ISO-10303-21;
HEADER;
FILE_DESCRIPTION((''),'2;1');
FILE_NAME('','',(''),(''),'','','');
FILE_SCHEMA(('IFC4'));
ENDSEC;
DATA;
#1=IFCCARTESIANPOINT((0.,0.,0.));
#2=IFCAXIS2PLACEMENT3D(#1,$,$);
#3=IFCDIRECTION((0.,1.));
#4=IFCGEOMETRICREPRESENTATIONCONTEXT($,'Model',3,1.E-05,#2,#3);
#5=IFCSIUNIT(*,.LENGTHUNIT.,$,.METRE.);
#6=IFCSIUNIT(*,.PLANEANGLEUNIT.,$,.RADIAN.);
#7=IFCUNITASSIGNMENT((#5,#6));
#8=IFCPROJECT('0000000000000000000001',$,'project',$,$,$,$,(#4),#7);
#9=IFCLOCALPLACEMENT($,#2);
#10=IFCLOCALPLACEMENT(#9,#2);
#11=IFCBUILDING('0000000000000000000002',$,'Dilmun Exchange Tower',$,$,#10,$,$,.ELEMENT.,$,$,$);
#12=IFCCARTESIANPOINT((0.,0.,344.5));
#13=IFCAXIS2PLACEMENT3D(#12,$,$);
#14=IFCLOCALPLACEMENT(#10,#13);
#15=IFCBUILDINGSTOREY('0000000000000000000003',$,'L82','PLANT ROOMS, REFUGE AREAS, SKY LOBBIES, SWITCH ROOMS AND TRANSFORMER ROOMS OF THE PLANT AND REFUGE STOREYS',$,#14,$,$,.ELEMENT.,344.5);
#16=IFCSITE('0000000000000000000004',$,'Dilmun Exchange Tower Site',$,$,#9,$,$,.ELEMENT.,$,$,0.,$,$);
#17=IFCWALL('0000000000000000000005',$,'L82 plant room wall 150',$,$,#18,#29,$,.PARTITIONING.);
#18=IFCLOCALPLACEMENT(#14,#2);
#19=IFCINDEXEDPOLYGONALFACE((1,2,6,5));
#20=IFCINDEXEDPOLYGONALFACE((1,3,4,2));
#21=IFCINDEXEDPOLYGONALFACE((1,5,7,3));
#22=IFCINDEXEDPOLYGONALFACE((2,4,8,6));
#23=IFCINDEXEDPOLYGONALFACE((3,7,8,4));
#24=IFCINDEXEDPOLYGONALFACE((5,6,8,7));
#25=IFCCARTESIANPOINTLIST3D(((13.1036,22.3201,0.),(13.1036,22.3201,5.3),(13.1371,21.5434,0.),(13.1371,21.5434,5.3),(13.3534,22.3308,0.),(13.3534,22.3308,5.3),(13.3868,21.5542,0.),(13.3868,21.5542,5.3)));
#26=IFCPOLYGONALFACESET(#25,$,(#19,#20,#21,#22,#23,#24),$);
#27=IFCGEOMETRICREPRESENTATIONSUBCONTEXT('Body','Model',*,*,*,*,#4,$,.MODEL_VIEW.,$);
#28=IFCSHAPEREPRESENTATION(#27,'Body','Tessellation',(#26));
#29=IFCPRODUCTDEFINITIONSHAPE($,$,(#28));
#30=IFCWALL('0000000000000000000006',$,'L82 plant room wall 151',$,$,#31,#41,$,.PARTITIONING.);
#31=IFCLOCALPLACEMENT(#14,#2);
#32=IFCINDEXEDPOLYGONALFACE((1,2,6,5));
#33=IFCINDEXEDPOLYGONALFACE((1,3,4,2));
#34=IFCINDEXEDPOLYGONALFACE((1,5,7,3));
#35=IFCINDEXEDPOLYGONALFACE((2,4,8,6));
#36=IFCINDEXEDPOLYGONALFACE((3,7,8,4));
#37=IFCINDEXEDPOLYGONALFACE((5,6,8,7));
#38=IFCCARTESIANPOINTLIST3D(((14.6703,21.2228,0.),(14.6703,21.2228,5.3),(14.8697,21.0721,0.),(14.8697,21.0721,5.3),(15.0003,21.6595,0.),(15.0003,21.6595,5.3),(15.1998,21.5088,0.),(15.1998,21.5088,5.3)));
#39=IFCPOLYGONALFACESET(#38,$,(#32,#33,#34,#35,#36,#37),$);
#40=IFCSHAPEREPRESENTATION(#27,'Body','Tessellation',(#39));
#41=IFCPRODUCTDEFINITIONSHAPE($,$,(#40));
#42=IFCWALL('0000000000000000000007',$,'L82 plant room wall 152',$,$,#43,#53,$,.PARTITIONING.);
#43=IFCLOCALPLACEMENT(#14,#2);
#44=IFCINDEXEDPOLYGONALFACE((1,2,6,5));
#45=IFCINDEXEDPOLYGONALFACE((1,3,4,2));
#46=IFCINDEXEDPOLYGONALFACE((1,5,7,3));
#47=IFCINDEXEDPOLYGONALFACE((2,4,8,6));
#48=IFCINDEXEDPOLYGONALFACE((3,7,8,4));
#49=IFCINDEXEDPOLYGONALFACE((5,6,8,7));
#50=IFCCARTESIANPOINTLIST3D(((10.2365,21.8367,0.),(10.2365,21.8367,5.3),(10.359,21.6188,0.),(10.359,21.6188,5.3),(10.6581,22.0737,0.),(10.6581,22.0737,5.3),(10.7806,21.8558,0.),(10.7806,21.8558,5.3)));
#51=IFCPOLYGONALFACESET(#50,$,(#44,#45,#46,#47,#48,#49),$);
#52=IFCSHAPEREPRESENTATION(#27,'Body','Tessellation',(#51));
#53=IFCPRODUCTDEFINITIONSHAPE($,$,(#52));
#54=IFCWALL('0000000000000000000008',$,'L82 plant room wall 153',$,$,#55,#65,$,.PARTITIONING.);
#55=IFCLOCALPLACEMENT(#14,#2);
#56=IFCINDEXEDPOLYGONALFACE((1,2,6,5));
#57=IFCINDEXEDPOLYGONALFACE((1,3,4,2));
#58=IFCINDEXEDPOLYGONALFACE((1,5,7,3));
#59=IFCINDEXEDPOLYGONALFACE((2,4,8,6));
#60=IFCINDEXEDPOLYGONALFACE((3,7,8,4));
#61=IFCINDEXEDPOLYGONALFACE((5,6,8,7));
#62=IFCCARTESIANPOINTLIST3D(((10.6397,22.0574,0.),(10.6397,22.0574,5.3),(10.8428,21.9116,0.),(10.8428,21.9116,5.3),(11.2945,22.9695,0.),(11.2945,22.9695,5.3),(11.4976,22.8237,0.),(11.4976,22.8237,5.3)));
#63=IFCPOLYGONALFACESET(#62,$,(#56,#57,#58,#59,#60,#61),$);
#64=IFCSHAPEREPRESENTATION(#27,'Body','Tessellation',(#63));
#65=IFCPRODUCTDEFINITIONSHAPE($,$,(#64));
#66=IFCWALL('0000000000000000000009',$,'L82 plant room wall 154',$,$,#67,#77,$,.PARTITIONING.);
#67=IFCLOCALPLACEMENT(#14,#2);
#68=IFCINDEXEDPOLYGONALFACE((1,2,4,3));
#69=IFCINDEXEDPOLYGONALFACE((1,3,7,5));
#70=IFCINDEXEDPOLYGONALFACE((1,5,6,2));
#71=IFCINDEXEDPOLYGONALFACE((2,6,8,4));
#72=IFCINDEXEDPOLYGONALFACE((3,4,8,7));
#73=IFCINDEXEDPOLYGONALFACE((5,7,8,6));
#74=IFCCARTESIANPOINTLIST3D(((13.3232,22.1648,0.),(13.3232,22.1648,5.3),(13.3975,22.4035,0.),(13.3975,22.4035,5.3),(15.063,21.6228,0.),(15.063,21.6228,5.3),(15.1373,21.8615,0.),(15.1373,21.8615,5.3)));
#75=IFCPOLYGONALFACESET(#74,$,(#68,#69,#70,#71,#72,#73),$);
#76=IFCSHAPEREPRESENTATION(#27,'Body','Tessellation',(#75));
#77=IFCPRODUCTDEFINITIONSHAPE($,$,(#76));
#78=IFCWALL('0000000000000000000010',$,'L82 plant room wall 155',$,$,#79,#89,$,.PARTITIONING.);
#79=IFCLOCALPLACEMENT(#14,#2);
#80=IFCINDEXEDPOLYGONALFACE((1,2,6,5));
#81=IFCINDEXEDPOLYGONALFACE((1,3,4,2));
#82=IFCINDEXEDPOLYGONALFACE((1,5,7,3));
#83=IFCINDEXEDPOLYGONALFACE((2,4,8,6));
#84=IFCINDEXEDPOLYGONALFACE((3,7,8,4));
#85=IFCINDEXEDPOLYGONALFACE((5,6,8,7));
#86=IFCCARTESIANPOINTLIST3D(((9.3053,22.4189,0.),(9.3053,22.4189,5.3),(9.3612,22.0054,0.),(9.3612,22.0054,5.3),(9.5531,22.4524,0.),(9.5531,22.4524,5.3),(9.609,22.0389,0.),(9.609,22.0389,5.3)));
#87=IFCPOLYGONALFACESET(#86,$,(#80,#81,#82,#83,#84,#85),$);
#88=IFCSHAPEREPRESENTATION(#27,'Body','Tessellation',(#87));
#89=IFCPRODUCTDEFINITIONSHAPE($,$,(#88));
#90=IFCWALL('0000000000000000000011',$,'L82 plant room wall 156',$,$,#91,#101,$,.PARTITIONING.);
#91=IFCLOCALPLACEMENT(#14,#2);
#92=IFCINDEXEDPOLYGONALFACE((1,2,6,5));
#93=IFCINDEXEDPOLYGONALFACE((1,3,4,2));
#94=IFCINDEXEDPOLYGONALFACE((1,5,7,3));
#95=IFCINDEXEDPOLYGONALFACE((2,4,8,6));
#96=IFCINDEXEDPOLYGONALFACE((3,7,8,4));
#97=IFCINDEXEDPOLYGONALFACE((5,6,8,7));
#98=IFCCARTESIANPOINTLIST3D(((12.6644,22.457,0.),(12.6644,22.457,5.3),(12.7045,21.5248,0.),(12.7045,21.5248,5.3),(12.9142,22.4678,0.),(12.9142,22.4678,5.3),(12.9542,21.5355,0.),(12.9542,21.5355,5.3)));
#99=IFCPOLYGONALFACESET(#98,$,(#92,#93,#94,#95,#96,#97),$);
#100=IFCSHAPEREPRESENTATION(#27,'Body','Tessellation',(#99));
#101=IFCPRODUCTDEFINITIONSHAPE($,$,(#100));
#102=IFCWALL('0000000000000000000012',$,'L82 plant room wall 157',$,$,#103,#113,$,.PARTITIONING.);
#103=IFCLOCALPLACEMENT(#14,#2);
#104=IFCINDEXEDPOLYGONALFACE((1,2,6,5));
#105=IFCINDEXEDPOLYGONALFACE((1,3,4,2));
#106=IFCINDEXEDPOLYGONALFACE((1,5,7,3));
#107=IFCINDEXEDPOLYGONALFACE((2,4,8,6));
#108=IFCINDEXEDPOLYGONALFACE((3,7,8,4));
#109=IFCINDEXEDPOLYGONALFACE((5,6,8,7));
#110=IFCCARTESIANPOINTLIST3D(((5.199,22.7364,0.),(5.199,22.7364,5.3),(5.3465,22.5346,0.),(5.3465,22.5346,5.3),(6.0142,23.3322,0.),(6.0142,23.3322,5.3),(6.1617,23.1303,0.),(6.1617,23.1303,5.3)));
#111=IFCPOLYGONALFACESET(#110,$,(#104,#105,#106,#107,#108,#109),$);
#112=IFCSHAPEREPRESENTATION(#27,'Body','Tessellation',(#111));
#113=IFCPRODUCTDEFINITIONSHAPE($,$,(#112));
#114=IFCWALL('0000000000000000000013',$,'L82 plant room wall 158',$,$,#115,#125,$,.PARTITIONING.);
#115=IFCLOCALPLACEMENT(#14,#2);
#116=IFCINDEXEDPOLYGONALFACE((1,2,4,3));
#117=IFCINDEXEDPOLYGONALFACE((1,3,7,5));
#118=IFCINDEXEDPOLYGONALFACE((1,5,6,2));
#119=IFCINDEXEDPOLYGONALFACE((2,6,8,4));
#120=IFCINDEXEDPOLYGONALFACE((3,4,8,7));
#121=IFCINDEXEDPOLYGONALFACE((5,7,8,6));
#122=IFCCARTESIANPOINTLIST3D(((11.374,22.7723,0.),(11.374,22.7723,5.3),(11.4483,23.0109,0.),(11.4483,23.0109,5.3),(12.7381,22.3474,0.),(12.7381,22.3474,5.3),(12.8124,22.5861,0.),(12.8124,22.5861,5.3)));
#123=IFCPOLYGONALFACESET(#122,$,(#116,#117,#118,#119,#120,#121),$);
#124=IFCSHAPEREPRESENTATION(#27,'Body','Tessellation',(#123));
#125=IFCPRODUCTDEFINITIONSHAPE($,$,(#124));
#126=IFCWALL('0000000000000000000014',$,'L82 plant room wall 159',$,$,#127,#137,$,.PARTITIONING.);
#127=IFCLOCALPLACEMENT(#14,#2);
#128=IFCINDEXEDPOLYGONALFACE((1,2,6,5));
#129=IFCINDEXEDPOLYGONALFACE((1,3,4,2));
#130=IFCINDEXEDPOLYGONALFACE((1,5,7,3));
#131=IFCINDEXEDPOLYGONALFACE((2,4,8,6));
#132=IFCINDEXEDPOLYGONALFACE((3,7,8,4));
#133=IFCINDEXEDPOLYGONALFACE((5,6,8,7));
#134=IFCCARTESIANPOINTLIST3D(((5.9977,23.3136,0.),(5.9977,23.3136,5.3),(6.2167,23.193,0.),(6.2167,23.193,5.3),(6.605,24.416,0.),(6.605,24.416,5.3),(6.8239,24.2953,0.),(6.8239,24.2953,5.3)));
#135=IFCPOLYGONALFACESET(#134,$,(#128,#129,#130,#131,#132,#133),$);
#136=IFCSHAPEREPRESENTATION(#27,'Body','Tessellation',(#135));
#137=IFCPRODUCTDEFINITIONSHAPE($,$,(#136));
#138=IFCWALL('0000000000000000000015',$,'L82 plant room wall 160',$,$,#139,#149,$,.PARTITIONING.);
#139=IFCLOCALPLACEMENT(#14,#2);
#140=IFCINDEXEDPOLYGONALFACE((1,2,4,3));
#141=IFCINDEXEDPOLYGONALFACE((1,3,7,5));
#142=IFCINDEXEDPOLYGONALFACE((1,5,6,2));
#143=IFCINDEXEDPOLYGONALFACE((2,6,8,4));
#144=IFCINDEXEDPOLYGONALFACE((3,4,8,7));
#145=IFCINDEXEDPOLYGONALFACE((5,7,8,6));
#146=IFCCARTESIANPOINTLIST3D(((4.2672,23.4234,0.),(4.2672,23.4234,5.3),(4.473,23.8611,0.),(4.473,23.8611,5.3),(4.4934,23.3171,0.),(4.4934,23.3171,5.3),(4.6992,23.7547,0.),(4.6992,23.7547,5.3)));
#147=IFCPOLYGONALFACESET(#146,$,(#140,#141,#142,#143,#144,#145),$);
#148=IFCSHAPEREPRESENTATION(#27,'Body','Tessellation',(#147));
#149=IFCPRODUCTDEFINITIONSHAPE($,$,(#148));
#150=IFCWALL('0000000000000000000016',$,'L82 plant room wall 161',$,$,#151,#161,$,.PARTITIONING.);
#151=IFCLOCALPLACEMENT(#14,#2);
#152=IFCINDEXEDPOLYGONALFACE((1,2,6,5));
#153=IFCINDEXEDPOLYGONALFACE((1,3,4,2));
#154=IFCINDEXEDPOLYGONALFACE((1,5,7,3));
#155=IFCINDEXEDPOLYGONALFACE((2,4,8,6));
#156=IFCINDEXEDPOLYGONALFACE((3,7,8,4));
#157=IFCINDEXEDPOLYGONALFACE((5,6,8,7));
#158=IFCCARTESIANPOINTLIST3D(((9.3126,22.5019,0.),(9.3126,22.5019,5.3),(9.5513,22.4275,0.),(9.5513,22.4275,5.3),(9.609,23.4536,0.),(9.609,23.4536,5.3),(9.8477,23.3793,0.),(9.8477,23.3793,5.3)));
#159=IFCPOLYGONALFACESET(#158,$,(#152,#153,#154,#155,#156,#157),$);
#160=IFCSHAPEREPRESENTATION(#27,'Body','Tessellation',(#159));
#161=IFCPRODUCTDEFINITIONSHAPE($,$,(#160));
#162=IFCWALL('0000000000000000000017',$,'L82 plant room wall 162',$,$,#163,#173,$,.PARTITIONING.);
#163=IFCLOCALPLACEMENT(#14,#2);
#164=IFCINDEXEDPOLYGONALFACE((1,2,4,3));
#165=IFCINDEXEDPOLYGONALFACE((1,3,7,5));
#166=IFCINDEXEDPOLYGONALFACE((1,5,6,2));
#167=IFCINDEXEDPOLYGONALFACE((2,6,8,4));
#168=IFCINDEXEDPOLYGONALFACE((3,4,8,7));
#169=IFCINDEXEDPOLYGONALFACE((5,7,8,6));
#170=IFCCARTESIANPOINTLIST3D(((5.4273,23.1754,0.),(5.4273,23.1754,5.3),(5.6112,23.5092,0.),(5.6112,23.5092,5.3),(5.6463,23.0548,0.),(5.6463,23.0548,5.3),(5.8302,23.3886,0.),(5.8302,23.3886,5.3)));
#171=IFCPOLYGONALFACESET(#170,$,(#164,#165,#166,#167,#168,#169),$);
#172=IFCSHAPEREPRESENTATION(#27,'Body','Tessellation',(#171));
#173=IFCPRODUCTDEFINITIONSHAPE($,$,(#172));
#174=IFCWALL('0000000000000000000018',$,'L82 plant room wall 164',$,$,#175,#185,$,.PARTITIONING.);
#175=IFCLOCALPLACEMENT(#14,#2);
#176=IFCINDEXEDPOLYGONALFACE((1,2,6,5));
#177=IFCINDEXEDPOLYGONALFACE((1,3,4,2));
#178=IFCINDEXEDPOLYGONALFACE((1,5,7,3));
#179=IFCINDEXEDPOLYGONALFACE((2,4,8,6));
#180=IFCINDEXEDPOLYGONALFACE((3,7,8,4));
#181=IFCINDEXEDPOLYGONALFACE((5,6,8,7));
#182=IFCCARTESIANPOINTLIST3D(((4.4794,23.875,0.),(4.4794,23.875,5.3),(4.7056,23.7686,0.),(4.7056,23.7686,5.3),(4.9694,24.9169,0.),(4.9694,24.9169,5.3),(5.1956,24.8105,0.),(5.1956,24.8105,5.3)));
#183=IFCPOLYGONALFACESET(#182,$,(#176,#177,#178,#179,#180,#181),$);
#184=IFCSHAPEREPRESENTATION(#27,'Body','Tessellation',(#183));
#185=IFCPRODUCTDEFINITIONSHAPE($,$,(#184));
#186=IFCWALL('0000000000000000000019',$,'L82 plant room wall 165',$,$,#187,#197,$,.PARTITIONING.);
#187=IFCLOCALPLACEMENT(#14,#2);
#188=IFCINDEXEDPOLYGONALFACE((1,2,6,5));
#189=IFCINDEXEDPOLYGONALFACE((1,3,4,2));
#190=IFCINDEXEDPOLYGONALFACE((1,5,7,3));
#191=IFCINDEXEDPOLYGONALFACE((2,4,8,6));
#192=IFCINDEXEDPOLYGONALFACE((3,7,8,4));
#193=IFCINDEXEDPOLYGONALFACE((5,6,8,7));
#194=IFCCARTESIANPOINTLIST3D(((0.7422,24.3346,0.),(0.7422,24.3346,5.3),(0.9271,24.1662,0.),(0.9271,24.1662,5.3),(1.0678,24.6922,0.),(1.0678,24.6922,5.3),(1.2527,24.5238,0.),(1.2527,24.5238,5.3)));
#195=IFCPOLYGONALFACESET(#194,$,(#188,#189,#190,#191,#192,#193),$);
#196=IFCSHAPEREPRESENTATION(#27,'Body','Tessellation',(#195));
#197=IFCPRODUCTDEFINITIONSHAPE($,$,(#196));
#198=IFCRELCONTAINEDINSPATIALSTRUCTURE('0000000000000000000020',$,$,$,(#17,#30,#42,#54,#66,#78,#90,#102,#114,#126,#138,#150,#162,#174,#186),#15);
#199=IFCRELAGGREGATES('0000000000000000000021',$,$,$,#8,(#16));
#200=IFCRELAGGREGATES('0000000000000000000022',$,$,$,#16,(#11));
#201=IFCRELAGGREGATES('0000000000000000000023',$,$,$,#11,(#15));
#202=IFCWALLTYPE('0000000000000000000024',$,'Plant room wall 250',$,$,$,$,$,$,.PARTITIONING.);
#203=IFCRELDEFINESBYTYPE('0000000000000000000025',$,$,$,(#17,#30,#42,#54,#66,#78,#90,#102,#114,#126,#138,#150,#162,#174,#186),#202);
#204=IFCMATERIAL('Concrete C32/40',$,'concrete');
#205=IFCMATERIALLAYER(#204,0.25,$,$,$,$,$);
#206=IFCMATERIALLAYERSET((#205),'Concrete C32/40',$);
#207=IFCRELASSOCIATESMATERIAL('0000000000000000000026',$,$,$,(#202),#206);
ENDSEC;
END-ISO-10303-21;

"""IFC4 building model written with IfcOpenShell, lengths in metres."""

from ifc_helpers import new_model, si_unit, direction, frame, frame_2d, origin, place, context, subcontext, project, spatial, rectangle, extrude, material, layer, layer_set, type_object, element, save


model = new_model("IFC4")

# Units and contexts
model_context = context("Model", 3, precision=1e-05, world=origin(), true_north=direction((0.0, 1.0)))
body_context = subcontext(model_context, "Body", "Model", "MODEL_VIEW")
ifc_project = project(units=[si_unit("LENGTHUNIT", "METRE"), si_unit("PLANEANGLEUNIT", "RADIAN")], contexts=[model_context])

# Site, building, storey
site_placement = place(None, origin())
site = spatial("IfcSite", under=ifc_project, at=site_placement, Name="Dilmun Exchange Tower Site", CompositionType="ELEMENT", RefElevation=0.0)
building_placement = place(site_placement, origin())
building = spatial("IfcBuilding", under=site, at=building_placement, Name="Dilmun Exchange Tower", CompositionType="ELEMENT")
storey_placement = place(building_placement, frame((0.0, 0.0, 344.5)))
storey = spatial("IfcBuildingStorey", under=building, at=storey_placement, Name="L82", Description="PLANT ROOMS, REFUGE AREAS, SKY LOBBIES, SWITCH ROOMS AND TRANSFORMER ROOMS OF THE PLANT AND REFUGE STOREYS", CompositionType="ELEMENT", Elevation=344.5)

# Walls
ifc_material_1 = material(Name="Concrete C32/40", Category="concrete")
ifc_layer_1 = layer(ifc_material_1, 0.25)
ifc_layer_set_1 = layer_set([ifc_layer_1], Name="Concrete C32/40")
wall_type = type_object("IfcWallType", Name="Plant room wall 250", PredefinedType="PARTITIONING", material=ifc_layer_set_1)
wall_1_placement = place(storey_placement, frame((13.2285, 22.3254, 0.0), z_axis=(0.0, 0.0, 1.0), x_axis=(0.043028, -0.999074, 0.0)))
element("IfcWall", 1, at=wall_1_placement, inside=storey, type_object=wall_type, Name="L82 plant room wall 150", PredefinedType="PARTITIONING", context=body_context, shape_type="SweptSolid", body=[
    extrude(rectangle(XDim=0.7773, YDim=0.25, at=frame_2d((0.3887, 0.0))), origin(), (0.0, 0.0, 1.0), 5.3),
])
wall_2_placement = place(storey_placement, frame((14.77, 21.1475, 0.0), z_axis=(0.0, 0.0, 1.0), x_axis=(0.602921, 0.797801, 0.0)))
element("IfcWall", 2, at=wall_2_placement, inside=storey, type_object=wall_type, Name="L82 plant room wall 151", PredefinedType="PARTITIONING", context=body_context, shape_type="SweptSolid", body=[
    extrude(rectangle(XDim=0.5474, YDim=0.25, at=frame_2d((0.2737, 0.0))), origin(), (0.0, 0.0, 1.0), 5.3),
])
wall_3_placement = place(storey_placement, frame((10.2979, 21.7278, 0.0), z_axis=(0.0, 0.0, 1.0), x_axis=(0.87167, 0.490093, 0.0)))
element("IfcWall", 3, at=wall_3_placement, inside=storey, type_object=wall_type, Name="L82 plant room wall 152", PredefinedType="PARTITIONING", context=body_context, shape_type="SweptSolid", body=[
    extrude(rectangle(XDim=0.4836, YDim=0.25, at=frame_2d((0.2417, 0.0))), origin(), (0.0, 0.0, 1.0), 5.3),
])
wall_4_placement = place(storey_placement, frame((10.7412, 21.9844, 0.0), z_axis=(0.0, 0.0, 1.0), x_axis=(0.58317, 0.81235, 0.0)))
element("IfcWall", 4, at=wall_4_placement, inside=storey, type_object=wall_type, Name="L82 plant room wall 153", PredefinedType="PARTITIONING", context=body_context, shape_type="SweptSolid", body=[
    extrude(rectangle(XDim=1.1228, YDim=0.25, at=frame_2d((0.5615, 0.0))), origin(), (0.0, 0.0, 1.0), 5.3),
])
wall_5_placement = place(storey_placement, frame((13.3604, 22.2842, 0.0), z_axis=(0.0, 0.0, 1.0), x_axis=(0.954742, -0.297436, 0.0)))
element("IfcWall", 5, at=wall_5_placement, inside=storey, type_object=wall_type, Name="L82 plant room wall 154", PredefinedType="PARTITIONING", context=body_context, shape_type="SweptSolid", body=[
    extrude(rectangle(XDim=1.8223, YDim=0.25, at=frame_2d((0.9111, 0.0))), origin(), (0.0, 0.0, 1.0), 5.3),
])
wall_6_placement = place(storey_placement, frame((9.4292, 22.4355, 0.0), z_axis=(0.0, 0.0, 1.0), x_axis=(0.133964, -0.990986, 0.0)))
element("IfcWall", 6, at=wall_6_placement, inside=storey, type_object=wall_type, Name="L82 plant room wall 155", PredefinedType="PARTITIONING", context=body_context, shape_type="SweptSolid", body=[
    extrude(rectangle(XDim=0.4172, YDim=0.25, at=frame_2d((0.2085, 0.0))), origin(), (0.0, 0.0, 1.0), 5.3),
])
wall_7_placement = place(storey_placement, frame((12.7893, 22.4624, 0.0), z_axis=(0.0, 0.0, 1.0), x_axis=(0.042915, -0.999079, 0.0)))
element("IfcWall", 7, at=wall_7_placement, inside=storey, type_object=wall_type, Name="L82 plant room wall 156", PredefinedType="PARTITIONING", context=body_context, shape_type="SweptSolid", body=[
    extrude(rectangle(XDim=0.9331, YDim=0.25, at=frame_2d((0.4666, 0.0))), origin(), (0.0, 0.0, 1.0), 5.3),
])
wall_8_placement = place(storey_placement, frame((5.2727, 22.6355, 0.0), z_axis=(0.0, 0.0, 1.0), x_axis=(0.807396, 0.590011, 0.0)))
element("IfcWall", 8, at=wall_8_placement, inside=storey, type_object=wall_type, Name="L82 plant room wall 157", PredefinedType="PARTITIONING", context=body_context, shape_type="SweptSolid", body=[
    extrude(rectangle(XDim=1.0098, YDim=0.25, at=frame_2d((0.5049, 0.0))), origin(), (0.0, 0.0, 1.0), 5.3),
])
wall_9_placement = place(storey_placement, frame((11.4111, 22.8916, 0.0), z_axis=(0.0, 0.0, 1.0), x_axis=(0.954768, -0.29735, 0.0)))
element("IfcWall", 9, at=wall_9_placement, inside=storey, type_object=wall_type, Name="L82 plant room wall 158", PredefinedType="PARTITIONING", context=body_context, shape_type="SweptSolid", body=[
    extrude(rectangle(XDim=1.4287, YDim=0.25, at=frame_2d((0.7144, 0.0))), origin(), (0.0, 0.0, 1.0), 5.3),
])
wall_10_placement = place(storey_placement, frame((6.1072, 23.2532, 0.0), z_axis=(0.0, 0.0, 1.0), x_axis=(0.482477, 0.875909, 0.0)))
element("IfcWall", 10, at=wall_10_placement, inside=storey, type_object=wall_type, Name="L82 plant room wall 159", PredefinedType="PARTITIONING", context=body_context, shape_type="SweptSolid", body=[
    extrude(rectangle(XDim=1.2585, YDim=0.25, at=frame_2d((0.6294, 0.0))), origin(), (0.0, 0.0, 1.0), 5.3),
])
wall_11_placement = place(storey_placement, frame((4.3804, 23.3704, 0.0), z_axis=(0.0, 0.0, 1.0), x_axis=(0.425481, 0.904967, 0.0)))
element("IfcWall", 11, at=wall_11_placement, inside=storey, type_object=wall_type, Name="L82 plant room wall 160", PredefinedType="PARTITIONING", context=body_context, shape_type="SweptSolid", body=[
    extrude(rectangle(XDim=0.4836, YDim=0.25, at=frame_2d((0.2417, 0.0))), origin(), (0.0, 0.0, 1.0), 5.3),
])
wall_12_placement = place(storey_placement, frame((9.4319, 22.4646, 0.0), z_axis=(0.0, 0.0, 1.0), x_axis=(0.297354, 0.954767, 0.0)))
element("IfcWall", 12, at=wall_12_placement, inside=storey, type_object=wall_type, Name="L82 plant room wall 161", PredefinedType="PARTITIONING", context=body_context, shape_type="SweptSolid", body=[
    extrude(rectangle(XDim=0.9968, YDim=0.25, at=frame_2d((0.4985, 0.0))), origin(), (0.0, 0.0, 1.0), 5.3),
])
wall_13_placement = place(storey_placement, frame((5.5369, 23.1152, 0.0), z_axis=(0.0, 0.0, 1.0), x_axis=(0.482484, 0.875905, 0.0)))
element("IfcWall", 13, at=wall_13_placement, inside=storey, type_object=wall_type, Name="L82 plant room wall 162", PredefinedType="PARTITIONING", context=body_context, shape_type="SweptSolid", body=[
    extrude(rectangle(XDim=0.3811, YDim=0.25, at=frame_2d((0.1904, 0.0))), origin(), (0.0, 0.0, 1.0), 5.3),
])
wall_14_placement = place(storey_placement, frame((4.5925, 23.8218, 0.0), z_axis=(0.0, 0.0, 1.0), x_axis=(0.425542, 0.904939, 0.0)))
element("IfcWall", 14, at=wall_14_placement, inside=storey, type_object=wall_type, Name="L82 plant room wall 164", PredefinedType="PARTITIONING", context=body_context, shape_type="SweptSolid", body=[
    extrude(rectangle(XDim=1.1514, YDim=0.25, at=frame_2d((0.5757, 0.0))), origin(), (0.0, 0.0, 1.0), 5.3),
])
wall_15_placement = place(storey_placement, frame((0.8347, 24.2505, 0.0), z_axis=(0.0, 0.0, 1.0), x_axis=(0.673275, 0.739392, 0.0)))
element("IfcWall", 15, at=wall_15_placement, inside=storey, type_object=wall_type, Name="L82 plant room wall 165", PredefinedType="PARTITIONING", context=body_context, shape_type="SweptSolid", body=[
    extrude(rectangle(XDim=0.4836, YDim=0.25, at=frame_2d((0.2417, 0.0))), origin(), (0.0, 0.0, 1.0), 5.3),
])

save(model, "model.ifc")
